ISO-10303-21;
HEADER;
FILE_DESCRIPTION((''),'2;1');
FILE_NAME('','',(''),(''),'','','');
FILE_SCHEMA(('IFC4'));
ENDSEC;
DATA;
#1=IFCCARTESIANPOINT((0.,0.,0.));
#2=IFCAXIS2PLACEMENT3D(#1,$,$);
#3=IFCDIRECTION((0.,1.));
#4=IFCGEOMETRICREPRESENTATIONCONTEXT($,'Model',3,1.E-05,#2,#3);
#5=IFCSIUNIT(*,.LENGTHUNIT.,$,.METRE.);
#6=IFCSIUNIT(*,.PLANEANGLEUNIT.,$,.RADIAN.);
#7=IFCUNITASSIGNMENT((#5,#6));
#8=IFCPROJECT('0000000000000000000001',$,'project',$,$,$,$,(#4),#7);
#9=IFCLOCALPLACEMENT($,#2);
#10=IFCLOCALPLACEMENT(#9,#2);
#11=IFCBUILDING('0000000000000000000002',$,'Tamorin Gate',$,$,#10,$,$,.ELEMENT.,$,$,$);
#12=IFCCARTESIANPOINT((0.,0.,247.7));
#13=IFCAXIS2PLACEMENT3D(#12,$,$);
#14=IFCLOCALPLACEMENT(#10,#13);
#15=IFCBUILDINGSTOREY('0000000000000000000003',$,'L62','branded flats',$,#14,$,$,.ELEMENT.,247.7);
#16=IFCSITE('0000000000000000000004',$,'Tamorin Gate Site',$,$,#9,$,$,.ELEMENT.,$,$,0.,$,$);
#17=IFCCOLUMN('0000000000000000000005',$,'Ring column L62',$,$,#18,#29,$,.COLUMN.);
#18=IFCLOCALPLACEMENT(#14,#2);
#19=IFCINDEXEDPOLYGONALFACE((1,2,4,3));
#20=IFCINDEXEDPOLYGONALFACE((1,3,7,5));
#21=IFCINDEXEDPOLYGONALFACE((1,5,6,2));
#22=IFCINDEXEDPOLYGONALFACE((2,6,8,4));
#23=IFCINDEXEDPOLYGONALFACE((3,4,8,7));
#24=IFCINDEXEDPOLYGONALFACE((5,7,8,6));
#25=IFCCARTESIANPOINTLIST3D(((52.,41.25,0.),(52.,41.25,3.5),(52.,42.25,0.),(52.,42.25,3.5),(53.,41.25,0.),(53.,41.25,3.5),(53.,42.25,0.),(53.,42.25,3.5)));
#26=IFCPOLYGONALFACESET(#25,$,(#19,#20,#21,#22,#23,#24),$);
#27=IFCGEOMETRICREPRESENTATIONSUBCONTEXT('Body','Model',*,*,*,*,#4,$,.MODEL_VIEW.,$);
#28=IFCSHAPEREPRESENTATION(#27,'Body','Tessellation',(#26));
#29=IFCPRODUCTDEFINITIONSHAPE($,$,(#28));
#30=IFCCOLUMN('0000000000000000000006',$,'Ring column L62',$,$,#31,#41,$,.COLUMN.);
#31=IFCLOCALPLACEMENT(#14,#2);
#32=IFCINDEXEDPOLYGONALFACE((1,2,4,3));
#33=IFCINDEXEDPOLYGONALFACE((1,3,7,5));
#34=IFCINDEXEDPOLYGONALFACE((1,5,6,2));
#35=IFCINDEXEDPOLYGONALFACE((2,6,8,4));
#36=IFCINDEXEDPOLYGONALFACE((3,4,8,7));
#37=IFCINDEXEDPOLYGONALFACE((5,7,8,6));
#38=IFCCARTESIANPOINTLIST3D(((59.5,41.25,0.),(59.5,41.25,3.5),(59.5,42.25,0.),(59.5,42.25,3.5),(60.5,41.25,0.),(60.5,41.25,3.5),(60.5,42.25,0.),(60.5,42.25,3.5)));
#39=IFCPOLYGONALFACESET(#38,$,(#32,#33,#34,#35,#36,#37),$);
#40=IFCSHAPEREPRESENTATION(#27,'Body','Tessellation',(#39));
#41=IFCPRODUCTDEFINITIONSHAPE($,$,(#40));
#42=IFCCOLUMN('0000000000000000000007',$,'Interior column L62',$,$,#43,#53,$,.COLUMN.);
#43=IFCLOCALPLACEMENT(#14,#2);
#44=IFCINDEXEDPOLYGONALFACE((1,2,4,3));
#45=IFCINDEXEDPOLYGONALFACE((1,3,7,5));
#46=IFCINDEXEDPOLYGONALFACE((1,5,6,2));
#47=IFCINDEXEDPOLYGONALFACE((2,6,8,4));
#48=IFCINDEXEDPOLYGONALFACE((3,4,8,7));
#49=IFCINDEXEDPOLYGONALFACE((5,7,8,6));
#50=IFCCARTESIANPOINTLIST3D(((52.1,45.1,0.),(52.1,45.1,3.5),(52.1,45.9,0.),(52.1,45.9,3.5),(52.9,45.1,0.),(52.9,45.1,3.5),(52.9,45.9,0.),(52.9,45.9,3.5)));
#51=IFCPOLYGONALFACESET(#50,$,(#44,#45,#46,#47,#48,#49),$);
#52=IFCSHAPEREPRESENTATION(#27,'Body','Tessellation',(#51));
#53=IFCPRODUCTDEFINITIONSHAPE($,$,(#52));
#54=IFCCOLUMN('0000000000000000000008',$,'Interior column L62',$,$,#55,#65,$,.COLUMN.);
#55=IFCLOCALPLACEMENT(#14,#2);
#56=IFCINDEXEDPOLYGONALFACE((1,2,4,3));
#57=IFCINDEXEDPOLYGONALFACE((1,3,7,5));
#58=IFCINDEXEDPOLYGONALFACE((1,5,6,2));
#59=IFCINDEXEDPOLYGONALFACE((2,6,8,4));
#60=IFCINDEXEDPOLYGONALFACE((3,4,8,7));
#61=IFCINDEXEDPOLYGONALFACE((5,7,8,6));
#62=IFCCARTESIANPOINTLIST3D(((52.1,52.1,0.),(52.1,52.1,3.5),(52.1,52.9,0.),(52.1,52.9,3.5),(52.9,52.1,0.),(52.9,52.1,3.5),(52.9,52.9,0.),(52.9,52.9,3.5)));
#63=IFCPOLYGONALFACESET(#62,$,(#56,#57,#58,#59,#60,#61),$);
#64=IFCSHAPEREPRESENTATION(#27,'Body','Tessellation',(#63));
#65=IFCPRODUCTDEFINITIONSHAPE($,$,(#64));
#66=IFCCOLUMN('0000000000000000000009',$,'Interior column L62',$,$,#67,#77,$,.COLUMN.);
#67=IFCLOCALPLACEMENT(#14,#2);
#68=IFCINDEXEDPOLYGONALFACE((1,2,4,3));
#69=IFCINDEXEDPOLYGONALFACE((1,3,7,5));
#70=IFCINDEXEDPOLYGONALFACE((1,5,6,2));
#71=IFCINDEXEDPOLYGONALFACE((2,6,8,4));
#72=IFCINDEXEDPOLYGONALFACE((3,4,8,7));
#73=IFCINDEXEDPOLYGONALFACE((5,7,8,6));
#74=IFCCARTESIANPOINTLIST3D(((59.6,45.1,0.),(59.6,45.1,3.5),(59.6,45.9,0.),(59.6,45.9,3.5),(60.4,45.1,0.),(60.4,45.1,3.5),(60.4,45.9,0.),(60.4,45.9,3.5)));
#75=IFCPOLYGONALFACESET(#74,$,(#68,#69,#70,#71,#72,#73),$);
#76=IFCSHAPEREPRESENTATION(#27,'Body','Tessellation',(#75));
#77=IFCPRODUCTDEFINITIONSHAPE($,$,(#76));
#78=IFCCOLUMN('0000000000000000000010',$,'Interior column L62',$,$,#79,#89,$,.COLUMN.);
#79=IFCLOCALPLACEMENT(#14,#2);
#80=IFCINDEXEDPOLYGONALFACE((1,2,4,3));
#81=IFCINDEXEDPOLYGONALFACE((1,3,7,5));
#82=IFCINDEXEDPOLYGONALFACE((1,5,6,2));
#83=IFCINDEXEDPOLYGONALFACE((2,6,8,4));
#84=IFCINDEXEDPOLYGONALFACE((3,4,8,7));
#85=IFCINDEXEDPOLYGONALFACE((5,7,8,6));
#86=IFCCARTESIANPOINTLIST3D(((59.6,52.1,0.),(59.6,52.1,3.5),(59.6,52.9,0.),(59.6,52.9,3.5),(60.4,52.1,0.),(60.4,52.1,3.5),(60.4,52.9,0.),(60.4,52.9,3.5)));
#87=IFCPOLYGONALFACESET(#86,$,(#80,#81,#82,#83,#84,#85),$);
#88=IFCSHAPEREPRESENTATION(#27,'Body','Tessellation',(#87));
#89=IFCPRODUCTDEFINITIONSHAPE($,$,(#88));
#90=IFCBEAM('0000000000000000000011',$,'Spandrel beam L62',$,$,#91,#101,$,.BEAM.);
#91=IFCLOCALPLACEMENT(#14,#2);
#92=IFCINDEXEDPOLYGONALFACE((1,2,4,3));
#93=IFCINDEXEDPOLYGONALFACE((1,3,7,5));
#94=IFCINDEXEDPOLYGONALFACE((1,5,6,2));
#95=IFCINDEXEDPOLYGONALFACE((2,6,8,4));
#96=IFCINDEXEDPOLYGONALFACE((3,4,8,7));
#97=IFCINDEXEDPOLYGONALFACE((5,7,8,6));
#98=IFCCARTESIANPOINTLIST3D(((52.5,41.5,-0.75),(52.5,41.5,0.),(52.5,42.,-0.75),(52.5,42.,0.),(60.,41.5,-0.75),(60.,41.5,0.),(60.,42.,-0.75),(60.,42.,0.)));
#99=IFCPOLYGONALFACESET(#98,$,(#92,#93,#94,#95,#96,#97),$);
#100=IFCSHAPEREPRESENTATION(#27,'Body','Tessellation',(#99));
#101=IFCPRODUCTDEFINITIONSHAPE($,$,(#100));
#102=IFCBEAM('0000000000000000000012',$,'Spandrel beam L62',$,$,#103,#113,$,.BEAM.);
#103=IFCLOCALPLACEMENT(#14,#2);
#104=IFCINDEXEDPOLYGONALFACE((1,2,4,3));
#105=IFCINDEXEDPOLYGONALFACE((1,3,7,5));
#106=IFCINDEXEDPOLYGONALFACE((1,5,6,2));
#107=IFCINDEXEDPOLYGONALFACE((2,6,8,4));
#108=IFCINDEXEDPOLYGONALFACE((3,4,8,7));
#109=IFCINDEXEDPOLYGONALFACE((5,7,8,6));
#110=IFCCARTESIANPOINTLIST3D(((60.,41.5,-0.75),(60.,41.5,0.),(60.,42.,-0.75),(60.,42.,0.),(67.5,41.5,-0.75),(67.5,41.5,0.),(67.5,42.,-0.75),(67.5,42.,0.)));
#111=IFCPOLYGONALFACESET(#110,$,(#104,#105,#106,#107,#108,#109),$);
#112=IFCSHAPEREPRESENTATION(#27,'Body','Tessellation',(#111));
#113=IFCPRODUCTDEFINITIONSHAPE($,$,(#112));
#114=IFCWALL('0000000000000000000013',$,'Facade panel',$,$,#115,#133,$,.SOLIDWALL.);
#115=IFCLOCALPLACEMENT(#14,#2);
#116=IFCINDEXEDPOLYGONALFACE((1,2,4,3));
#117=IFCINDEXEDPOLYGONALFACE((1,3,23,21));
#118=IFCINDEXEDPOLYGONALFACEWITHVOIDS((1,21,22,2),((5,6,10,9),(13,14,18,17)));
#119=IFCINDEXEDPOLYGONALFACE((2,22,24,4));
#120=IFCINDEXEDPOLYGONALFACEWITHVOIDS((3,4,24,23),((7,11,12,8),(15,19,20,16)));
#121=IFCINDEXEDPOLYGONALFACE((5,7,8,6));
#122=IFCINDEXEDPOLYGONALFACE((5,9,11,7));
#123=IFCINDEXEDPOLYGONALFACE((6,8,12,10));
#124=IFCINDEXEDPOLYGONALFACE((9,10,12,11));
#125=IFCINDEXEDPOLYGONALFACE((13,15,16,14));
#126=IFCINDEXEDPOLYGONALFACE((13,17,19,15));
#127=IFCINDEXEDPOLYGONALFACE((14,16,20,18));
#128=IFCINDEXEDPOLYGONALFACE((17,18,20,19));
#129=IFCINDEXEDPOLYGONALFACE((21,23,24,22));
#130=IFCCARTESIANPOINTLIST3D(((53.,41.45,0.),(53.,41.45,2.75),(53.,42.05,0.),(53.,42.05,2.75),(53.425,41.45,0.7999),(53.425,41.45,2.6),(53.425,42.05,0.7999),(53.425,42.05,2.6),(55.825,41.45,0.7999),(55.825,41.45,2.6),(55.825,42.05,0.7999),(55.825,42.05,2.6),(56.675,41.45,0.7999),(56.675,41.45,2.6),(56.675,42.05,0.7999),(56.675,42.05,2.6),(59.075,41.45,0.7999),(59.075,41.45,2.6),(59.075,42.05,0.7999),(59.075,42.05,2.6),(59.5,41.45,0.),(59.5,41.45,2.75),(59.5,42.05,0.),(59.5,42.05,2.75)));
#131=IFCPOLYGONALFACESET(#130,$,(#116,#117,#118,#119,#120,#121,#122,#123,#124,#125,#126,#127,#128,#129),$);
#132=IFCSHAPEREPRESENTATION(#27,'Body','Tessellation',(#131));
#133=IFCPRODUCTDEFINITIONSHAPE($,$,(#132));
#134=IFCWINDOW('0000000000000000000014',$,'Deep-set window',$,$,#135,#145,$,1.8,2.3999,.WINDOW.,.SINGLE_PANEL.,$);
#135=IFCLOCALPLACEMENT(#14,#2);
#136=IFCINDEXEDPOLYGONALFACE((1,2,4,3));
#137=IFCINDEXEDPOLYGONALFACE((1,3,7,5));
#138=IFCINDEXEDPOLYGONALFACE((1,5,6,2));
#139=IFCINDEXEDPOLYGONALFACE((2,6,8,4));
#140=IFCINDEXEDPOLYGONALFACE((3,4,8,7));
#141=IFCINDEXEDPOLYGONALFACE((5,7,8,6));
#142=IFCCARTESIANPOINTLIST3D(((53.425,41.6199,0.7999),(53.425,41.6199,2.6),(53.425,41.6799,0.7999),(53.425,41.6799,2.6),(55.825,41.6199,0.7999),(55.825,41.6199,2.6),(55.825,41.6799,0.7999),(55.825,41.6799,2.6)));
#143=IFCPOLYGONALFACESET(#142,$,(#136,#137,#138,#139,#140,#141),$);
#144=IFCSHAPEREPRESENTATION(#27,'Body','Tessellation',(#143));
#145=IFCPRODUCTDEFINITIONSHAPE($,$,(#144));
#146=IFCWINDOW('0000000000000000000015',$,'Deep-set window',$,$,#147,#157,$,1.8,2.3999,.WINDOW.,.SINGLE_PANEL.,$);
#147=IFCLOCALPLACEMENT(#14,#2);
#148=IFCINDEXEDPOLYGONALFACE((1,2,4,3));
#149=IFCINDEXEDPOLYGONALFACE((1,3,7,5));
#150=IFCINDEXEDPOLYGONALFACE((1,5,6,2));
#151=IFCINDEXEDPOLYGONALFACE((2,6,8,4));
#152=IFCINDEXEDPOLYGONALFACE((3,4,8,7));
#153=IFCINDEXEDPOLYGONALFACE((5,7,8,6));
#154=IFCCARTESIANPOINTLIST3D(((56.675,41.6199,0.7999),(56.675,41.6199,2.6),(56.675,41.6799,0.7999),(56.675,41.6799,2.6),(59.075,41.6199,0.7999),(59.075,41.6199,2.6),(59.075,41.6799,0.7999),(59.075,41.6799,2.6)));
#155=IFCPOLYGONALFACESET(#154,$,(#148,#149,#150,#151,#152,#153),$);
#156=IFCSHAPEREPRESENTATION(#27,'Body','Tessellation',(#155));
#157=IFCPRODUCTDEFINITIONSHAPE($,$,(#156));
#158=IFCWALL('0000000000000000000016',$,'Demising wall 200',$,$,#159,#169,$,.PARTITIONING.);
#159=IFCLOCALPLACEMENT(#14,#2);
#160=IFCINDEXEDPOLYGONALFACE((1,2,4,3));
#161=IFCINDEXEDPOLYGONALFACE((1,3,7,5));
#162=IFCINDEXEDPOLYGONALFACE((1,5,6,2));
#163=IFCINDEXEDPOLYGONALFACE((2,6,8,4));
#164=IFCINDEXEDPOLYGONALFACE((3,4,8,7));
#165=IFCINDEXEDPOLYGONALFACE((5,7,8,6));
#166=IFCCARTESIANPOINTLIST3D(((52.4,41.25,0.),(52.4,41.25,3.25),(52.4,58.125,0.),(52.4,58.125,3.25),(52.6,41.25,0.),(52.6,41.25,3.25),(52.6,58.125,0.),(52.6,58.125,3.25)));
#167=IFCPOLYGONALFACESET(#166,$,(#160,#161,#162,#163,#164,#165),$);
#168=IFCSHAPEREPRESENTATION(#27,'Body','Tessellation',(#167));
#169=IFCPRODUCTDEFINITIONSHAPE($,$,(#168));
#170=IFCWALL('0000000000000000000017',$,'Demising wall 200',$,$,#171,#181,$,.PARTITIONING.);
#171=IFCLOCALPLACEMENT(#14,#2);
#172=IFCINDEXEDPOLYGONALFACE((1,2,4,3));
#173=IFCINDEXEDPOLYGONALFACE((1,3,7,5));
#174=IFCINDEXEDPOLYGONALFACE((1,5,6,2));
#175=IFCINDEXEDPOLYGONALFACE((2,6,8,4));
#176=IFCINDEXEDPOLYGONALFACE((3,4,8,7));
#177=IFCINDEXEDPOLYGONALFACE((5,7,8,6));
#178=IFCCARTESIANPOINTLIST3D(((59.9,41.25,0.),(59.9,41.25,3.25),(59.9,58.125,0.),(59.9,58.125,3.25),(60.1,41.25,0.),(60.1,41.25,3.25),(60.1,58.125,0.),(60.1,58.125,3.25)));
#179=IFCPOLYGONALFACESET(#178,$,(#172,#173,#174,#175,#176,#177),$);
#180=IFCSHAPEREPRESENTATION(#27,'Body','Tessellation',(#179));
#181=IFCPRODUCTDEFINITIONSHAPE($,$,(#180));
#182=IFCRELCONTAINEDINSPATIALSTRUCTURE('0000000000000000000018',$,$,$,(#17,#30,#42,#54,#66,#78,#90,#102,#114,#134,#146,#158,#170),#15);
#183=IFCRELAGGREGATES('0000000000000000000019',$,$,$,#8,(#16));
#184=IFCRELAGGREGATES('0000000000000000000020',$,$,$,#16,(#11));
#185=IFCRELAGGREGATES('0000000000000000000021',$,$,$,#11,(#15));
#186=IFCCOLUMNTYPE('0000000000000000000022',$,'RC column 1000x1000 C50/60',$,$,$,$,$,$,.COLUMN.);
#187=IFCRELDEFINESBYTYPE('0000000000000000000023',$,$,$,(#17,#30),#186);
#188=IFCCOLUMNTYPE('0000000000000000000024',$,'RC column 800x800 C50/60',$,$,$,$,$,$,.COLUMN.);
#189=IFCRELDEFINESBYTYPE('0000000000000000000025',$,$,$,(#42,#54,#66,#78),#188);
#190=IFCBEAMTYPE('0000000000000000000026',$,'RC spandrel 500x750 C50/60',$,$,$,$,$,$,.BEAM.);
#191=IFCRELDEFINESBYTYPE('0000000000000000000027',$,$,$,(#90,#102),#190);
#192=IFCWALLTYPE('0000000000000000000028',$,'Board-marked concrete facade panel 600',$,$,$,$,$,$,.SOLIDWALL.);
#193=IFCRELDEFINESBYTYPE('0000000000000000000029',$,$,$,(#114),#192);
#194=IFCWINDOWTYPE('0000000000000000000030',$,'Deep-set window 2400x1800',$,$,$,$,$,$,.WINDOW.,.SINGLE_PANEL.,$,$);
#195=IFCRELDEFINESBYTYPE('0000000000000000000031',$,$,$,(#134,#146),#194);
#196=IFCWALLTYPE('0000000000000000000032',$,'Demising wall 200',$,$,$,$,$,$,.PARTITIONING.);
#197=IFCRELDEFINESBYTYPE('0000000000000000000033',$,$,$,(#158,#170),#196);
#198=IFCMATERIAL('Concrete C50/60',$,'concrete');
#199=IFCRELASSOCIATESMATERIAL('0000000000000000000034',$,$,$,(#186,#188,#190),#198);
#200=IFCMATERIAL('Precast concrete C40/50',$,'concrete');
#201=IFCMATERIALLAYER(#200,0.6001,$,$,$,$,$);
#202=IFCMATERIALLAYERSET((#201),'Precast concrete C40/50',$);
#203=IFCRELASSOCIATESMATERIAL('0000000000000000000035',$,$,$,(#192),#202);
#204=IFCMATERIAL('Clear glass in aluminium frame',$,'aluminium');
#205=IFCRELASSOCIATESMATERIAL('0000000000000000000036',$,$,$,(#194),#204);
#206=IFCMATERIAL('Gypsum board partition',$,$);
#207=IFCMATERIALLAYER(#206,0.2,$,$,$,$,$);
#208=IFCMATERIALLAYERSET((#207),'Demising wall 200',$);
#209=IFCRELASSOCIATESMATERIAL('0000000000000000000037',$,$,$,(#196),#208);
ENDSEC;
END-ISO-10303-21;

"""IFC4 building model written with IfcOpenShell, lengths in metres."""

from ifc_helpers import new_model, si_unit, direction, frame, frame_2d, origin, origin_2d, place, context, subcontext, project, spatial, rectangle, extrude, material, layer, layer_set, material_profile, profile_set, type_object, element, fill, save


model = new_model("IFC4")

# Units and contexts
model_context = context("Model", 3, precision=1e-05, world=origin(), true_north=direction((0.0, 1.0)))
body_context = subcontext(model_context, "Body", "Model", "MODEL_VIEW")
ifc_project = project(units=[si_unit("LENGTHUNIT", "METRE"), si_unit("PLANEANGLEUNIT", "RADIAN")], contexts=[model_context])

# Site, building, storey
site_placement = place(None, origin())
site = spatial("IfcSite", under=ifc_project, at=site_placement, Name="Tamorin Gate Site", CompositionType="ELEMENT", RefElevation=0.0)
building_placement = place(site_placement, origin())
building = spatial("IfcBuilding", under=site, at=building_placement, Name="Tamorin Gate", CompositionType="ELEMENT")
storey_placement = place(building_placement, frame((0.0, 0.0, 247.7)))
storey = spatial("IfcBuildingStorey", under=building, at=storey_placement, Name="L62", Description="branded flats", CompositionType="ELEMENT", Elevation=247.7)

# Columns
ifc_material_1 = material(Name="Concrete C50/60", Category="concrete")
ifc_material_profile_1 = material_profile(ifc_material_1, rectangle(XDim=1.0, YDim=1.0, at=origin_2d()), Name="RC 1000x1000")
ifc_profile_set_1 = profile_set([ifc_material_profile_1], Name="Concrete C50/60")
column_type_1 = type_object("IfcColumnType", Name="RC column 1000x1000 C50/60", PredefinedType="COLUMN", material=ifc_profile_set_1)
for number, where, z_axis, x_axis, name in (
    (1, (52.5, 41.75, 0.0), (0.0, 0.0, 1.0), (1.0, 0.0, 0.0), "Ring column L62"),
    (2, (60.0, 41.75, 0.0), (0.0, 0.0, 1.0), (1.0, 0.0, 0.0), "Ring column L62"),
):
    element("IfcColumn", number, at=place(storey_placement, frame(where, z_axis=z_axis, x_axis=x_axis)), inside=storey, type_object=column_type_1, Name=name, PredefinedType="COLUMN", context=body_context, shape_type="SweptSolid", body=[
        extrude(rectangle(XDim=1.0, YDim=1.0, at=origin_2d()), origin(), (0.0, 0.0, 1.0), 3.5),
    ])
ifc_material_profile_2 = material_profile(ifc_material_1, rectangle(XDim=0.8, YDim=0.8, at=origin_2d()), Name="RC 800x800")
ifc_profile_set_2 = profile_set([ifc_material_profile_2], Name="Concrete C50/60")
column_type_2 = type_object("IfcColumnType", Name="RC column 800x800 C50/60", PredefinedType="COLUMN", material=ifc_profile_set_2)
for number, where, z_axis, x_axis, name in (
    (3, (52.5, 45.5, 0.0), (0.0, 0.0, 1.0), (1.0, 0.0, 0.0), "Interior column L62"),
    (4, (52.5, 52.5, 0.0), (0.0, 0.0, 1.0), (1.0, 0.0, 0.0), "Interior column L62"),
    (5, (60.0, 45.5, 0.0), (0.0, 0.0, 1.0), (1.0, 0.0, 0.0), "Interior column L62"),
    (6, (60.0, 52.5, 0.0), (0.0, 0.0, 1.0), (1.0, 0.0, 0.0), "Interior column L62"),
):
    element("IfcColumn", number, at=place(storey_placement, frame(where, z_axis=z_axis, x_axis=x_axis)), inside=storey, type_object=column_type_2, Name=name, PredefinedType="COLUMN", context=body_context, shape_type="SweptSolid", body=[
        extrude(rectangle(XDim=0.8, YDim=0.8, at=origin_2d()), origin(), (0.0, 0.0, 1.0), 3.5),
    ])

# Beams
ifc_material_profile_3 = material_profile(ifc_material_1, rectangle(XDim=0.5, YDim=0.75, at=origin_2d()), Name="RC 500x750")
ifc_profile_set_3 = profile_set([ifc_material_profile_3], Name="Concrete C50/60")
beam_type = type_object("IfcBeamType", Name="RC spandrel 500x750 C50/60", PredefinedType="BEAM", material=ifc_profile_set_3)
for number, where, z_axis, x_axis, name in (
    (7, (52.5, 41.75, -0.375), (1.0, 0.0, 0.0), (0.0, 1.0, 0.0), "Spandrel beam L62"),
    (8, (60.0, 41.75, -0.375), (1.0, 0.0, 0.0), (0.0, 1.0, 0.0), "Spandrel beam L62"),
):
    element("IfcBeam", number, at=place(storey_placement, frame(where, z_axis=z_axis, x_axis=x_axis)), inside=storey, type_object=beam_type, Name=name, PredefinedType="BEAM", context=body_context, shape_type="SweptSolid", body=[
        extrude(rectangle(XDim=0.5, YDim=0.75, at=origin_2d()), origin(), (0.0, 0.0, 1.0), 7.5),
    ])

# Wall, openings, windows
ifc_material_2 = material(Name="Precast concrete C40/50", Category="concrete")
ifc_layer_1 = layer(ifc_material_2, 0.6001)
ifc_layer_set_1 = layer_set([ifc_layer_1], Name="Precast concrete C40/50")
wall_type_1 = type_object("IfcWallType", Name="Board-marked concrete facade panel 600", PredefinedType="SOLIDWALL", material=ifc_layer_set_1)
wall_1_placement = place(storey_placement, frame((53.0, 41.75, 0.0), z_axis=(0.0, 0.0, 1.0), x_axis=(1.0, 0.0, 0.0)))
wall_1 = element("IfcWall", 9, at=wall_1_placement, inside=storey, type_object=wall_type_1, Name="Facade panel", PredefinedType="SOLIDWALL", context=body_context, shape_type="SweptSolid", body=[
    extrude(rectangle(XDim=6.5, YDim=0.6001, at=frame_2d((3.25, 0.0))), origin(), (0.0, 0.0, 1.0), 2.75),
])
opening_1_placement = place(wall_1_placement, frame((0.425, 0.0, 0.8)))
opening_1 = element("IfcOpeningElement", 10, at=opening_1_placement, cuts=wall_1, PredefinedType="OPENING", context=body_context, shape_type="SweptSolid", body=[
    extrude(rectangle(XDim=2.3999, YDim=1.8, at=frame_2d((1.2, 0.8999))), frame((0.0, 0.3101, 0.0), z_axis=(0.0, -1.0, 0.0), x_axis=(1.0, 0.0, 0.0)), (0.0, 0.0, 1.0), 0.6201),
])
opening_2_placement = place(wall_1_placement, frame((3.675, 0.0, 0.8)))
opening_2 = element("IfcOpeningElement", 11, at=opening_2_placement, cuts=wall_1, PredefinedType="OPENING", context=body_context, shape_type="SweptSolid", body=[
    extrude(rectangle(XDim=2.3999, YDim=1.8, at=frame_2d((1.2, 0.8999))), frame((0.0, 0.3101, 0.0), z_axis=(0.0, -1.0, 0.0), x_axis=(1.0, 0.0, 0.0)), (0.0, 0.0, 1.0), 0.6201),
])
ifc_material_3 = material(Name="Clear glass in aluminium frame", Category="aluminium")
window_type = type_object("IfcWindowType", Name="Deep-set window 2400x1800", PartitioningType="SINGLE_PANEL", PredefinedType="WINDOW", material=ifc_material_3)
window_1_placement = place(opening_1_placement, origin())
window_1 = element("IfcWindow", 12, at=window_1_placement, inside=storey, type_object=window_type, Name="Deep-set window", OverallHeight=1.8, OverallWidth=2.3999, PartitioningType="SINGLE_PANEL", PredefinedType="WINDOW", context=body_context, shape_type="SweptSolid", body=[
    extrude(rectangle(XDim=2.3999, YDim=1.8, at=frame_2d((1.2, 0.8999))), frame((0.0, -0.0701, 0.0), z_axis=(0.0, -1.0, 0.0), x_axis=(1.0, 0.0, 0.0)), (0.0, 0.0, 1.0), 0.0601),
])
fill(opening_1, window_1)
window_2_placement = place(opening_2_placement, origin())
window_2 = element("IfcWindow", 13, at=window_2_placement, inside=storey, type_object=window_type, Name="Deep-set window", OverallHeight=1.8, OverallWidth=2.3999, PartitioningType="SINGLE_PANEL", PredefinedType="WINDOW", context=body_context, shape_type="SweptSolid", body=[
    extrude(rectangle(XDim=2.3999, YDim=1.8, at=frame_2d((1.2, 0.8999))), frame((0.0, -0.0701, 0.0), z_axis=(0.0, -1.0, 0.0), x_axis=(1.0, 0.0, 0.0)), (0.0, 0.0, 1.0), 0.0601),
])
fill(opening_2, window_2)

# Walls
ifc_material_4 = material(Name="Gypsum board partition")
ifc_layer_2 = layer(ifc_material_4, 0.2)
ifc_layer_set_2 = layer_set([ifc_layer_2], Name="Demising wall 200")
wall_type_2 = type_object("IfcWallType", Name="Demising wall 200", PredefinedType="PARTITIONING", material=ifc_layer_set_2)
for number, where, z_axis, x_axis, name in (
    (14, (52.5, 41.25, 0.0), (0.0, 0.0, 1.0), (0.0, 1.0, 0.0), "Demising wall 200"),
    (15, (60.0, 41.25, 0.0), (0.0, 0.0, 1.0), (0.0, 1.0, 0.0), "Demising wall 200"),
):
    element("IfcWall", number, at=place(storey_placement, frame(where, z_axis=z_axis, x_axis=x_axis)), inside=storey, type_object=wall_type_2, Name=name, PredefinedType="PARTITIONING", context=body_context, shape_type="SweptSolid", body=[
        extrude(rectangle(XDim=16.875, YDim=0.2, at=frame_2d((8.4375, 0.0))), origin(), (0.0, 0.0, 1.0), 3.25),
    ])

save(model, "model.ifc")
